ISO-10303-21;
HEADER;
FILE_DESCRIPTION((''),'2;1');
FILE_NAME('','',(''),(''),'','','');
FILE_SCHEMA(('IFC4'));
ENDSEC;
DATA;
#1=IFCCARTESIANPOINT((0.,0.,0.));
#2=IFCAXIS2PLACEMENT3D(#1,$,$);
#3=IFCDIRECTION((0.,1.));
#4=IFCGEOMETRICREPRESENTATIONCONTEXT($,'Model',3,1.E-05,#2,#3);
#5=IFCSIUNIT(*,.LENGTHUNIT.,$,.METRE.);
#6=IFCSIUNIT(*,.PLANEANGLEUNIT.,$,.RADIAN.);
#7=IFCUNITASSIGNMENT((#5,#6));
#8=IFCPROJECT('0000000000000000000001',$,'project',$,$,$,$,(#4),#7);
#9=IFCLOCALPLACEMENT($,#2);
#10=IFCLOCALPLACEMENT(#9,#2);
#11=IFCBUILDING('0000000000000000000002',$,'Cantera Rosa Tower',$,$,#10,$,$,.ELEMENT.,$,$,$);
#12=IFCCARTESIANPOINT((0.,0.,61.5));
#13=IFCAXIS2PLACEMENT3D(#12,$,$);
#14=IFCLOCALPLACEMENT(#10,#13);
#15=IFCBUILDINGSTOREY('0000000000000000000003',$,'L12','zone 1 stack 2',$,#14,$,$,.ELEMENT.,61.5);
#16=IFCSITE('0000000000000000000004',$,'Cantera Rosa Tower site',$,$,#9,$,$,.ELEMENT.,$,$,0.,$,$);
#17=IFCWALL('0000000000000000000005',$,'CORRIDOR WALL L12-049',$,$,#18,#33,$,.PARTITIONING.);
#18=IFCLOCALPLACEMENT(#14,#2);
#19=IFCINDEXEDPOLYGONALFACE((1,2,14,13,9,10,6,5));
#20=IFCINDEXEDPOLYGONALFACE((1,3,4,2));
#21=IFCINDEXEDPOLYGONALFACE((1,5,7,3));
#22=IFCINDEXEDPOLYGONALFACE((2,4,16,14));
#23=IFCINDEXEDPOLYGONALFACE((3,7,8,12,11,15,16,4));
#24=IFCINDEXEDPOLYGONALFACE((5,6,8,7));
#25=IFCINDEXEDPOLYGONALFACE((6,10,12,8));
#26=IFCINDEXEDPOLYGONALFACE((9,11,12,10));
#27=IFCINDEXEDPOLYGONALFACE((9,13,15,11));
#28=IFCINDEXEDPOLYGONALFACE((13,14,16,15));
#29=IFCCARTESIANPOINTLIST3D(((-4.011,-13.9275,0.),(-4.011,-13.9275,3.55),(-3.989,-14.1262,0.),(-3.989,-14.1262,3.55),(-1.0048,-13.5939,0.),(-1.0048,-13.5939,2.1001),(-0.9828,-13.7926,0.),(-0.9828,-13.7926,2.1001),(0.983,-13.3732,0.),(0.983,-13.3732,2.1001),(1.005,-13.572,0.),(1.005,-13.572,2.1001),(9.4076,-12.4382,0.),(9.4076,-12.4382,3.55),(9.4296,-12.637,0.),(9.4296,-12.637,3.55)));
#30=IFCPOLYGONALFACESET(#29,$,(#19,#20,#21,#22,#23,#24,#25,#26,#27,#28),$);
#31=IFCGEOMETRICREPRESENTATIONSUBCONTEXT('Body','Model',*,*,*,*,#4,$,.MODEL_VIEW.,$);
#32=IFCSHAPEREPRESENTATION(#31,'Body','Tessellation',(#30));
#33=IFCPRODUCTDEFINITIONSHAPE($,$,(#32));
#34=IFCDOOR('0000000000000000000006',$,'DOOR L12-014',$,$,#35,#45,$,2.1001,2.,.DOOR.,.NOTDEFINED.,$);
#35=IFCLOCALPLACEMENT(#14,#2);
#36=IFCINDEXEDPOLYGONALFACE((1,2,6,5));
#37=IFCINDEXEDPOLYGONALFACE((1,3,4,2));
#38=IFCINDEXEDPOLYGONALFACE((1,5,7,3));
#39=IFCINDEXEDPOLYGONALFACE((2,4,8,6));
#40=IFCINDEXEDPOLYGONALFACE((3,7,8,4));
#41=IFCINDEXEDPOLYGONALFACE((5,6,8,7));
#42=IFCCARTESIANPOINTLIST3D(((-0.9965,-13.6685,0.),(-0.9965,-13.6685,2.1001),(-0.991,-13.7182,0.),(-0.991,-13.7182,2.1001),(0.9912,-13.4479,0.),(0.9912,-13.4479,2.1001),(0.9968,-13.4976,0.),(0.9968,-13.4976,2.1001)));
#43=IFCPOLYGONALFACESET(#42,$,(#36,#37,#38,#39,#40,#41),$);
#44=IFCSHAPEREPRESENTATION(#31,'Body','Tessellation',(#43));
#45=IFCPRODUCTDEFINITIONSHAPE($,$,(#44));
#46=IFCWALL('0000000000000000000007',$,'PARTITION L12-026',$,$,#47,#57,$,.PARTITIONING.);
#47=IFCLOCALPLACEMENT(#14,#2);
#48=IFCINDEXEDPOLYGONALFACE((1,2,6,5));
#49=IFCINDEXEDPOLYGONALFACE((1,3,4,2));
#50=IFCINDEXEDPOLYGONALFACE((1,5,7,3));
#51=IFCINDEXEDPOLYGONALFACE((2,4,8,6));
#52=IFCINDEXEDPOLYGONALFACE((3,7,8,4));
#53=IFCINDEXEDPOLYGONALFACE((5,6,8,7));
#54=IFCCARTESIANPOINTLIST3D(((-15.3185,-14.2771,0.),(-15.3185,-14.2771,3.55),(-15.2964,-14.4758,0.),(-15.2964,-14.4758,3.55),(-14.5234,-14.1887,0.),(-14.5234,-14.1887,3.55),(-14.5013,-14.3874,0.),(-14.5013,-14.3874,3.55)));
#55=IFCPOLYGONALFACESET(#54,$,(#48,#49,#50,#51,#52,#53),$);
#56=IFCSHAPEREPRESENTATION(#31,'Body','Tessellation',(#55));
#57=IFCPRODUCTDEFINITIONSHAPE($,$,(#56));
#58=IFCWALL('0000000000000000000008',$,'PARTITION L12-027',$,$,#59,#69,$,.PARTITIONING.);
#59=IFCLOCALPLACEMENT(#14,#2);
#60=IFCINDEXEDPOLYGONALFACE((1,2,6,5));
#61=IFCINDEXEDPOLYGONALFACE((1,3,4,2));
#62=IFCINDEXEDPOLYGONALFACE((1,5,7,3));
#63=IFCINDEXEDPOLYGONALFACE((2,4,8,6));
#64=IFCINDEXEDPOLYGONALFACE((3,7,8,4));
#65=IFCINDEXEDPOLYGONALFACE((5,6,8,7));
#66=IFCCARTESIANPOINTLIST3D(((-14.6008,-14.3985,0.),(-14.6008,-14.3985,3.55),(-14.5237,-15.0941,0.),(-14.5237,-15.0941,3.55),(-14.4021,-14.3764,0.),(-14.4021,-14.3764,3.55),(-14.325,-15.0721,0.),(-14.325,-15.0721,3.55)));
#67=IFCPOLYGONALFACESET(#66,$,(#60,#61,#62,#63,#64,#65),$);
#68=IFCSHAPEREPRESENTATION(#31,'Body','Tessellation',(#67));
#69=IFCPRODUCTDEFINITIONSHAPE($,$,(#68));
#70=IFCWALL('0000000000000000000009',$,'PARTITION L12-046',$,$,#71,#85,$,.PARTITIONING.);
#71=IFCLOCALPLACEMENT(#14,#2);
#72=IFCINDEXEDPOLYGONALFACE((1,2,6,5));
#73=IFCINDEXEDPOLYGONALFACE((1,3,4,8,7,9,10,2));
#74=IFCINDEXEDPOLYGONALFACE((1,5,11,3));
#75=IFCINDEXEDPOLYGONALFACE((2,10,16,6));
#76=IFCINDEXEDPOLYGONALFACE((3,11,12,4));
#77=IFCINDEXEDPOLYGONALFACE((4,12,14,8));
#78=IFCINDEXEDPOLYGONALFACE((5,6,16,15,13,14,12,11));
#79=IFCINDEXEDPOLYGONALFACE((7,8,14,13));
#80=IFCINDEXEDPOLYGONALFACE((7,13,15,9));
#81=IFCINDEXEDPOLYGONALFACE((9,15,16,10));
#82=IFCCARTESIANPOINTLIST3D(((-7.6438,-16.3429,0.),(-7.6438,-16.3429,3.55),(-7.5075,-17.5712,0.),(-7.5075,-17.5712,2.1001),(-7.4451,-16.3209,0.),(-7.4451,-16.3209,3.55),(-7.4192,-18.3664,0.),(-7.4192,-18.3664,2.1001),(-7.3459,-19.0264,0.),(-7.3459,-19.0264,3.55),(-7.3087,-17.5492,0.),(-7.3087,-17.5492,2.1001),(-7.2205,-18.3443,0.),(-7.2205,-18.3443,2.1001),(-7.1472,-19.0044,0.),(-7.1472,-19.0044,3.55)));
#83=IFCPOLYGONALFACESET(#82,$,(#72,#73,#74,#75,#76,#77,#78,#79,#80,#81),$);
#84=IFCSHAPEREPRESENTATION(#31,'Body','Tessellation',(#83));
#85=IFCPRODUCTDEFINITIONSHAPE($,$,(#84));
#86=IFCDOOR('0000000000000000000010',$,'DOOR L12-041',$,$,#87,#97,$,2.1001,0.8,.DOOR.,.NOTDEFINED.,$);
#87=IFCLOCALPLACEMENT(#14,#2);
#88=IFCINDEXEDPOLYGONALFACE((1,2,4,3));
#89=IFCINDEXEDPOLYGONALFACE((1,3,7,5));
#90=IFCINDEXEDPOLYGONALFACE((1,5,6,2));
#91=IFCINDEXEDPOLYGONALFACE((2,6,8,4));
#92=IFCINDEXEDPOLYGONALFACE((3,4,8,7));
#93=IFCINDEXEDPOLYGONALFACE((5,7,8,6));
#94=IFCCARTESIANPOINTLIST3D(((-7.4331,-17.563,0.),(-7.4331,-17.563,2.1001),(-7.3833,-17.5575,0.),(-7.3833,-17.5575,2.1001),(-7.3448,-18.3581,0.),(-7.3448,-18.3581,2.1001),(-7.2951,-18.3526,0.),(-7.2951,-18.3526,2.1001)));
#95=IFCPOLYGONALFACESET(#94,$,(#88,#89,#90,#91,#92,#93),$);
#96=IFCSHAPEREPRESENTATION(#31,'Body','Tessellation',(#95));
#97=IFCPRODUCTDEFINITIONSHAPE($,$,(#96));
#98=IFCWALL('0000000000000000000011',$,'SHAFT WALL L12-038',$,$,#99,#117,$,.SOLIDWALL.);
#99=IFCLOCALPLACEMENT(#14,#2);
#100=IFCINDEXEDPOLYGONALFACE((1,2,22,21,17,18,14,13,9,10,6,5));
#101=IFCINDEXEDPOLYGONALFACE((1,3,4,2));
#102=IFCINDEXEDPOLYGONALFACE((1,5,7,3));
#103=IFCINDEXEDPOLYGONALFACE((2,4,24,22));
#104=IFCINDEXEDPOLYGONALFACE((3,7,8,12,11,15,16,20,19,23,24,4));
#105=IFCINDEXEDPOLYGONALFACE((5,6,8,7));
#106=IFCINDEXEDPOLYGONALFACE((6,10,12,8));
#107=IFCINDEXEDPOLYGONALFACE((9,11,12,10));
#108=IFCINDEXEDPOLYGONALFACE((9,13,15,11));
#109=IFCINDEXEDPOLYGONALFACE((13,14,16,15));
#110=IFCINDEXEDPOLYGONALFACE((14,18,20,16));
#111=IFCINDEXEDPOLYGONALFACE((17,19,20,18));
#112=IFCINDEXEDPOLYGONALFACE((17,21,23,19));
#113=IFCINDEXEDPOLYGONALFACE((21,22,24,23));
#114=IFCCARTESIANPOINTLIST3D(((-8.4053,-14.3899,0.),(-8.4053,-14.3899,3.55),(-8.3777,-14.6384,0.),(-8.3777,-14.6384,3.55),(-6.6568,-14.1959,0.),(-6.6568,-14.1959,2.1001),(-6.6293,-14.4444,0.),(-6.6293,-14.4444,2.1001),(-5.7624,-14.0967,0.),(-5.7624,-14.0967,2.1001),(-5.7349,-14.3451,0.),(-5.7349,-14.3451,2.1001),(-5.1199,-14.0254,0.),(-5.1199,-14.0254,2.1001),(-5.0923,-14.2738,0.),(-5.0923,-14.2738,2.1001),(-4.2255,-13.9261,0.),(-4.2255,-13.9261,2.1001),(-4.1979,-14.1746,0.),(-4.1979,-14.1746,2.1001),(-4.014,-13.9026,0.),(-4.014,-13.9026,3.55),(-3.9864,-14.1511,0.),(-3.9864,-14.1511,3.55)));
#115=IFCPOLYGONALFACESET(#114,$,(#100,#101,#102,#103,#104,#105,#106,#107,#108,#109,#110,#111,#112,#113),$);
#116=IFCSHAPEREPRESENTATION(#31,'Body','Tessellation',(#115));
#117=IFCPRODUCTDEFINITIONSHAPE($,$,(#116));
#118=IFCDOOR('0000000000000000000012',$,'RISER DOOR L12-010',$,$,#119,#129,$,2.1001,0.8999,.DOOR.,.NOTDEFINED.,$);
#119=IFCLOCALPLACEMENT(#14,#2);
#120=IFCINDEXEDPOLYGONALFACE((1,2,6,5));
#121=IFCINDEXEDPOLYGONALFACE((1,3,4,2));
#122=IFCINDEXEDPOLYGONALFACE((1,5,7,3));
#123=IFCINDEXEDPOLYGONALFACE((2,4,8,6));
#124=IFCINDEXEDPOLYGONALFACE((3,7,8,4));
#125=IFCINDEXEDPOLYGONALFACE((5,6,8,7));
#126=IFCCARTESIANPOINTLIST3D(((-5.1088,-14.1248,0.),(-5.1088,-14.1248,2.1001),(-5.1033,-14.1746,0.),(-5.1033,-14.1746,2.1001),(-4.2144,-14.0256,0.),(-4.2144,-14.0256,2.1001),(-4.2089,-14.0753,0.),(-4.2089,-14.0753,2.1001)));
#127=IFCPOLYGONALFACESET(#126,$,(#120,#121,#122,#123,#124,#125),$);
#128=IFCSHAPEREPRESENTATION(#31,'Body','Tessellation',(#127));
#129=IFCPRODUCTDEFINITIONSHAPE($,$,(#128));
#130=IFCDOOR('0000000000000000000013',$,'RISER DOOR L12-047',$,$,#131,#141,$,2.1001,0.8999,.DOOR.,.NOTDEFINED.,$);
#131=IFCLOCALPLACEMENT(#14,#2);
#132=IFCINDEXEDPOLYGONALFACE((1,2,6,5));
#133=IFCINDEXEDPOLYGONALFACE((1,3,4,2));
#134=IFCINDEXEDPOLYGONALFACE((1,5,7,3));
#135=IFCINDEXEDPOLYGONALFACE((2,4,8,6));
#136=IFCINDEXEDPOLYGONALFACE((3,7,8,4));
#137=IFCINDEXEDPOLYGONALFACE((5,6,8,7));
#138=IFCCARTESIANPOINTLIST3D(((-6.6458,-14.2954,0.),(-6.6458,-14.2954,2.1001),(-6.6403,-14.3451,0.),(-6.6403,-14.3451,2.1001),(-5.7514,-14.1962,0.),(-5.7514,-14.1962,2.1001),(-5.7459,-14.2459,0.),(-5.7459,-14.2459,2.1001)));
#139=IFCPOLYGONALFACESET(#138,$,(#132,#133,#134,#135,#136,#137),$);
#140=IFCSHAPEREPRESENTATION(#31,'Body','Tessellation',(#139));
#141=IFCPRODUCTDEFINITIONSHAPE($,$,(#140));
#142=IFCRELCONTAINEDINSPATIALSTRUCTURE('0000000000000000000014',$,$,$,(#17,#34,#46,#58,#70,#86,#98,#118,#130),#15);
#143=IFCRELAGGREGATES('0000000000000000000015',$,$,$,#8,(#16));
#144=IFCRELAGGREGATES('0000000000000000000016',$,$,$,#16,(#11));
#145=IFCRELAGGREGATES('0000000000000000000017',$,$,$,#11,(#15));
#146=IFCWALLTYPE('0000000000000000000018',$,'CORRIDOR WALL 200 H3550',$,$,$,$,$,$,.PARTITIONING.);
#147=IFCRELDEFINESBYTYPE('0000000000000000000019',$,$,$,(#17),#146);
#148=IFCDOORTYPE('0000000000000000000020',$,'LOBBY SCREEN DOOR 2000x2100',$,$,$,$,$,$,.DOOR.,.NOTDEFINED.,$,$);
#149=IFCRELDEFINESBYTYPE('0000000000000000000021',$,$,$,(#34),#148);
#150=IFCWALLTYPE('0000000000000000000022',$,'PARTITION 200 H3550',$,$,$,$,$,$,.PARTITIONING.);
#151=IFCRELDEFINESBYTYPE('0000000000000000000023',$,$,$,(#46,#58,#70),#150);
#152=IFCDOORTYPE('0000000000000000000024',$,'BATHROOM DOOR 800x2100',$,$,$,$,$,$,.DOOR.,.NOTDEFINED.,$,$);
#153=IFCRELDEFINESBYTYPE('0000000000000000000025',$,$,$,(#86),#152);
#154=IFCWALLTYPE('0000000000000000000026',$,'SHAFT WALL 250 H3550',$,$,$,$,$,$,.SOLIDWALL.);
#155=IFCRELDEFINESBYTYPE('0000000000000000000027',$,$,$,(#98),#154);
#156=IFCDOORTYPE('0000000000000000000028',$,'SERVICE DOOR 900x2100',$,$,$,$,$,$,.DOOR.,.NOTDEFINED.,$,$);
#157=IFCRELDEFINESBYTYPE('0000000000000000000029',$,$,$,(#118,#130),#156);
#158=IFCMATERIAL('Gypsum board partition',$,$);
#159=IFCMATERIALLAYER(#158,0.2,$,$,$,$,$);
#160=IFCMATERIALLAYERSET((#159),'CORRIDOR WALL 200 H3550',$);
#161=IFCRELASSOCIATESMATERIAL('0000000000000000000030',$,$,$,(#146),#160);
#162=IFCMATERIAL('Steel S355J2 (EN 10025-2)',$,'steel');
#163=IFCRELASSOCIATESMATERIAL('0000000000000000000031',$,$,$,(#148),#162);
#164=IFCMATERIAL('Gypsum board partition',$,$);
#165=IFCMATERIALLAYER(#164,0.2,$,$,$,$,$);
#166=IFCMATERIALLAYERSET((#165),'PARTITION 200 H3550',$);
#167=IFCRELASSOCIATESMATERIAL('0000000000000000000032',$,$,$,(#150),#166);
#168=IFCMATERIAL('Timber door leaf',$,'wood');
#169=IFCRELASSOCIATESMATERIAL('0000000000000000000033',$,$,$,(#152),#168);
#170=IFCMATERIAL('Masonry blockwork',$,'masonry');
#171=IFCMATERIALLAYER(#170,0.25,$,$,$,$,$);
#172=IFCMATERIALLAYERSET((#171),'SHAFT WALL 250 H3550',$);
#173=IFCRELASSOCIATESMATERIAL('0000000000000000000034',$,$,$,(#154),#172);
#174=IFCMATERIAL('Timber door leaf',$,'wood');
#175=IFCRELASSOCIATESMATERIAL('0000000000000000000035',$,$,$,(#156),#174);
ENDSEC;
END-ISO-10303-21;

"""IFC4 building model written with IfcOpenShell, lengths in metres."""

from ifc_helpers import new_model, si_unit, direction, frame, frame_2d, origin, place, context, subcontext, project, spatial, rectangle, extrude, material, layer, layer_set, type_object, element, fill, save


model = new_model("IFC4")

# Units and contexts
model_context = context("Model", 3, precision=1e-05, world=origin(), true_north=direction((0.0, 1.0)))
body_context = subcontext(model_context, "Body", "Model", "MODEL_VIEW")
ifc_project = project(units=[si_unit("LENGTHUNIT", "METRE"), si_unit("PLANEANGLEUNIT", "RADIAN")], contexts=[model_context])

# Site, building, storey
site_placement = place(None, origin())
site = spatial("IfcSite", under=ifc_project, at=site_placement, Name="Cantera Rosa Tower site", CompositionType="ELEMENT", RefElevation=0.0)
building_placement = place(site_placement, origin())
building = spatial("IfcBuilding", under=site, at=building_placement, Name="Cantera Rosa Tower", CompositionType="ELEMENT")
storey_placement = place(building_placement, frame((0.0, 0.0, 61.5)))
storey = spatial("IfcBuildingStorey", under=building, at=storey_placement, Name="L12", Description="zone 1 stack 2", CompositionType="ELEMENT", Elevation=61.5)

# Shared definitions
ifc_material_1 = material(Name="Gypsum board partition")
ifc_layer_1 = layer(ifc_material_1, 0.2)
ifc_layer_set_1 = layer_set([ifc_layer_1], Name="CORRIDOR WALL 200 H3550")
wall_type_1 = type_object("IfcWallType", Name="CORRIDOR WALL 200 H3550", PredefinedType="PARTITIONING", material=ifc_layer_set_1)

# Wall, opening, door
wall_1_placement = place(storey_placement, frame((-4.0, -14.0269, 0.0), z_axis=(0.0, 0.0, 1.0), x_axis=(0.993898, 0.110306, 0.0)))
wall_1 = element("IfcWall", 1, at=wall_1_placement, inside=storey, type_object=wall_type_1, Name="CORRIDOR WALL L12-049", PredefinedType="PARTITIONING", context=body_context, shape_type="SweptSolid", body=[
    extrude(rectangle(XDim=13.501, YDim=0.2, at=frame_2d((6.7505, 0.0))), origin(), (0.0, 0.0, 1.0), 3.55),
])
opening_1_placement = place(wall_1_placement, frame((3.0247, 0.0, 0.0)))
opening_1 = element("IfcOpeningElement", 2, at=opening_1_placement, cuts=wall_1, PredefinedType="OPENING", context=body_context, shape_type="SweptSolid", body=[
    extrude(rectangle(XDim=2.0, YDim=2.1001, at=frame_2d((1.0, 1.05))), frame((0.0, 0.1099, 0.0), z_axis=(0.0, -1.0, 0.0), x_axis=(1.0, 0.0, 0.0)), (0.0, 0.0, 1.0), 0.22),
])
ifc_material_2 = material(Name="Steel S355J2 (EN 10025-2)", Category="steel")
door_type_1 = type_object("IfcDoorType", Name="LOBBY SCREEN DOOR 2000x2100", OperationType="NOTDEFINED", PredefinedType="DOOR", material=ifc_material_2)
door_1_placement = place(opening_1_placement, origin())
door_1 = element("IfcDoor", 3, at=door_1_placement, inside=storey, type_object=door_type_1, Name="DOOR L12-014", OperationType="NOTDEFINED", OverallHeight=2.1001, OverallWidth=2.0, PredefinedType="DOOR", context=body_context, shape_type="SweptSolid", body=[
    extrude(rectangle(XDim=2.0, YDim=2.1001, at=frame_2d((1.0, 1.05))), frame((0.0, 0.0249, 0.0), z_axis=(0.0, -1.0, 0.0), x_axis=(1.0, 0.0, 0.0)), (0.0, 0.0, 1.0), 0.05),
])
fill(opening_1, door_1)

# Walls
ifc_material_3 = material(Name="Gypsum board partition")
ifc_layer_2 = layer(ifc_material_3, 0.2)
ifc_layer_set_2 = layer_set([ifc_layer_2], Name="PARTITION 200 H3550")
wall_type_2 = type_object("IfcWallType", Name="PARTITION 200 H3550", PredefinedType="PARTITIONING", material=ifc_layer_set_2)
wall_2_placement = place(storey_placement, frame((-14.5125, -14.2881, 0.0), z_axis=(0.0, 0.0, 1.0), x_axis=(-0.99388, -0.110465, 0.0)))
element("IfcWall", 4, at=wall_2_placement, inside=storey, type_object=wall_type_2, Name="PARTITION L12-026", PredefinedType="PARTITIONING", context=body_context, shape_type="SweptSolid", body=[
    extrude(rectangle(XDim=0.8, YDim=0.2, at=frame_2d((0.3999, 0.0))), origin(), (0.0, 0.0, 1.0), 3.55),
])
wall_3_placement = place(storey_placement, frame((-14.4243, -15.0833, 0.0), z_axis=(0.0, 0.0, 1.0), x_axis=(-0.110202, 0.993909, 0.0)))
element("IfcWall", 5, at=wall_3_placement, inside=storey, type_object=wall_type_2, Name="PARTITION L12-027", PredefinedType="PARTITIONING", context=body_context, shape_type="SweptSolid", body=[
    extrude(rectangle(XDim=0.7, YDim=0.2, at=frame_2d((0.3501, 0.0))), origin(), (0.0, 0.0, 1.0), 3.55),
])

# Wall, opening, door
wall_4_placement = place(storey_placement, frame((-7.5444, -16.3318, 0.0), z_axis=(0.0, 0.0, 1.0), x_axis=(0.110312, -0.993897, 0.0)))
wall_4 = element("IfcWall", 6, at=wall_4_placement, inside=storey, type_object=wall_type_2, Name="PARTITION L12-046", PredefinedType="PARTITIONING", context=body_context, shape_type="SweptSolid", body=[
    extrude(rectangle(XDim=2.7, YDim=0.2, at=frame_2d((1.3501, 0.0))), origin(), (0.0, 0.0, 1.0), 3.55),
])
opening_2_placement = place(wall_4_placement, frame((1.2361, 0.0, 0.0)))
opening_2 = element("IfcOpeningElement", 7, at=opening_2_placement, cuts=wall_4, PredefinedType="OPENING", context=body_context, shape_type="SweptSolid", body=[
    extrude(rectangle(XDim=0.8, YDim=2.1001, at=frame_2d((0.3999, 1.05))), frame((0.0, 0.1099, 0.0), z_axis=(0.0, -1.0, 0.0), x_axis=(1.0, 0.0, 0.0)), (0.0, 0.0, 1.0), 0.22),
])
ifc_material_4 = material(Name="Timber door leaf", Category="wood")
door_type_2 = type_object("IfcDoorType", Name="BATHROOM DOOR 800x2100", OperationType="NOTDEFINED", PredefinedType="DOOR", material=ifc_material_4)
door_2_placement = place(opening_2_placement, origin())
door_2 = element("IfcDoor", 8, at=door_2_placement, inside=storey, type_object=door_type_2, Name="DOOR L12-041", OperationType="NOTDEFINED", OverallHeight=2.1001, OverallWidth=0.8, PredefinedType="DOOR", context=body_context, shape_type="SweptSolid", body=[
    extrude(rectangle(XDim=0.8, YDim=2.1001, at=frame_2d((0.3999, 1.05))), frame((0.0, 0.0249, 0.0), z_axis=(0.0, -1.0, 0.0), x_axis=(1.0, 0.0, 0.0)), (0.0, 0.0, 1.0), 0.05),
])
fill(opening_2, door_2)

# Wall, openings, doors
ifc_material_5 = material(Name="Masonry blockwork", Category="masonry")
ifc_layer_3 = layer(ifc_material_5, 0.25)
ifc_layer_set_3 = layer_set([ifc_layer_3], Name="SHAFT WALL 250 H3550")
wall_type_3 = type_object("IfcWallType", Name="SHAFT WALL 250 H3550", PredefinedType="SOLIDWALL", material=ifc_layer_set_3)
wall_5_placement = place(storey_placement, frame((-8.3914, -14.5142, 0.0), z_axis=(0.0, 0.0, 1.0), x_axis=(0.993899, 0.110292, 0.0)))
wall_5 = element("IfcWall", 9, at=wall_5_placement, inside=storey, type_object=wall_type_3, Name="SHAFT WALL L12-038", PredefinedType="SOLIDWALL", context=body_context, shape_type="SweptSolid", body=[
    extrude(rectangle(XDim=4.4182, YDim=0.25, at=frame_2d((2.209, 0.0))), origin(), (0.0, 0.0, 1.0), 3.55),
])
opening_3_placement = place(wall_5_placement, frame((3.3054, 0.0, 0.0)))
opening_3 = element("IfcOpeningElement", 10, at=opening_3_placement, cuts=wall_5, PredefinedType="OPENING", context=body_context, shape_type="SweptSolid", body=[
    extrude(rectangle(XDim=0.8999, YDim=2.1001, at=frame_2d((0.45, 1.05))), frame((0.0, 0.135, 0.0), z_axis=(0.0, -1.0, 0.0), x_axis=(1.0, 0.0, 0.0)), (0.0, 0.0, 1.0), 0.27),
])
opening_4_placement = place(wall_5_placement, frame((1.759, 0.0, 0.0)))
opening_4 = element("IfcOpeningElement", 11, at=opening_4_placement, cuts=wall_5, PredefinedType="OPENING", context=body_context, shape_type="SweptSolid", body=[
    extrude(rectangle(XDim=0.8999, YDim=2.1001, at=frame_2d((0.45, 1.05))), frame((0.0, 0.135, 0.0), z_axis=(0.0, -1.0, 0.0), x_axis=(1.0, 0.0, 0.0)), (0.0, 0.0, 1.0), 0.27),
])
ifc_material_6 = material(Name="Timber door leaf", Category="wood")
door_type_3 = type_object("IfcDoorType", Name="SERVICE DOOR 900x2100", OperationType="NOTDEFINED", PredefinedType="DOOR", material=ifc_material_6)
door_3_placement = place(opening_3_placement, origin())
door_3 = element("IfcDoor", 12, at=door_3_placement, inside=storey, type_object=door_type_3, Name="RISER DOOR L12-010", OperationType="NOTDEFINED", OverallHeight=2.1001, OverallWidth=0.8999, PredefinedType="DOOR", context=body_context, shape_type="SweptSolid", body=[
    extrude(rectangle(XDim=0.8999, YDim=2.1001, at=frame_2d((0.45, 1.05))), frame((0.0, 0.0249, 0.0), z_axis=(0.0, -1.0, 0.0), x_axis=(1.0, 0.0, 0.0)), (0.0, 0.0, 1.0), 0.05),
])
fill(opening_3, door_3)
door_4_placement = place(opening_4_placement, origin())
door_4 = element("IfcDoor", 13, at=door_4_placement, inside=storey, type_object=door_type_3, Name="RISER DOOR L12-047", OperationType="NOTDEFINED", OverallHeight=2.1001, OverallWidth=0.8999, PredefinedType="DOOR", context=body_context, shape_type="SweptSolid", body=[
    extrude(rectangle(XDim=0.8999, YDim=2.1001, at=frame_2d((0.45, 1.05))), frame((0.0, 0.0249, 0.0), z_axis=(0.0, -1.0, 0.0), x_axis=(1.0, 0.0, 0.0)), (0.0, 0.0, 1.0), 0.05),
])
fill(opening_4, door_4)

save(model, "model.ifc")
